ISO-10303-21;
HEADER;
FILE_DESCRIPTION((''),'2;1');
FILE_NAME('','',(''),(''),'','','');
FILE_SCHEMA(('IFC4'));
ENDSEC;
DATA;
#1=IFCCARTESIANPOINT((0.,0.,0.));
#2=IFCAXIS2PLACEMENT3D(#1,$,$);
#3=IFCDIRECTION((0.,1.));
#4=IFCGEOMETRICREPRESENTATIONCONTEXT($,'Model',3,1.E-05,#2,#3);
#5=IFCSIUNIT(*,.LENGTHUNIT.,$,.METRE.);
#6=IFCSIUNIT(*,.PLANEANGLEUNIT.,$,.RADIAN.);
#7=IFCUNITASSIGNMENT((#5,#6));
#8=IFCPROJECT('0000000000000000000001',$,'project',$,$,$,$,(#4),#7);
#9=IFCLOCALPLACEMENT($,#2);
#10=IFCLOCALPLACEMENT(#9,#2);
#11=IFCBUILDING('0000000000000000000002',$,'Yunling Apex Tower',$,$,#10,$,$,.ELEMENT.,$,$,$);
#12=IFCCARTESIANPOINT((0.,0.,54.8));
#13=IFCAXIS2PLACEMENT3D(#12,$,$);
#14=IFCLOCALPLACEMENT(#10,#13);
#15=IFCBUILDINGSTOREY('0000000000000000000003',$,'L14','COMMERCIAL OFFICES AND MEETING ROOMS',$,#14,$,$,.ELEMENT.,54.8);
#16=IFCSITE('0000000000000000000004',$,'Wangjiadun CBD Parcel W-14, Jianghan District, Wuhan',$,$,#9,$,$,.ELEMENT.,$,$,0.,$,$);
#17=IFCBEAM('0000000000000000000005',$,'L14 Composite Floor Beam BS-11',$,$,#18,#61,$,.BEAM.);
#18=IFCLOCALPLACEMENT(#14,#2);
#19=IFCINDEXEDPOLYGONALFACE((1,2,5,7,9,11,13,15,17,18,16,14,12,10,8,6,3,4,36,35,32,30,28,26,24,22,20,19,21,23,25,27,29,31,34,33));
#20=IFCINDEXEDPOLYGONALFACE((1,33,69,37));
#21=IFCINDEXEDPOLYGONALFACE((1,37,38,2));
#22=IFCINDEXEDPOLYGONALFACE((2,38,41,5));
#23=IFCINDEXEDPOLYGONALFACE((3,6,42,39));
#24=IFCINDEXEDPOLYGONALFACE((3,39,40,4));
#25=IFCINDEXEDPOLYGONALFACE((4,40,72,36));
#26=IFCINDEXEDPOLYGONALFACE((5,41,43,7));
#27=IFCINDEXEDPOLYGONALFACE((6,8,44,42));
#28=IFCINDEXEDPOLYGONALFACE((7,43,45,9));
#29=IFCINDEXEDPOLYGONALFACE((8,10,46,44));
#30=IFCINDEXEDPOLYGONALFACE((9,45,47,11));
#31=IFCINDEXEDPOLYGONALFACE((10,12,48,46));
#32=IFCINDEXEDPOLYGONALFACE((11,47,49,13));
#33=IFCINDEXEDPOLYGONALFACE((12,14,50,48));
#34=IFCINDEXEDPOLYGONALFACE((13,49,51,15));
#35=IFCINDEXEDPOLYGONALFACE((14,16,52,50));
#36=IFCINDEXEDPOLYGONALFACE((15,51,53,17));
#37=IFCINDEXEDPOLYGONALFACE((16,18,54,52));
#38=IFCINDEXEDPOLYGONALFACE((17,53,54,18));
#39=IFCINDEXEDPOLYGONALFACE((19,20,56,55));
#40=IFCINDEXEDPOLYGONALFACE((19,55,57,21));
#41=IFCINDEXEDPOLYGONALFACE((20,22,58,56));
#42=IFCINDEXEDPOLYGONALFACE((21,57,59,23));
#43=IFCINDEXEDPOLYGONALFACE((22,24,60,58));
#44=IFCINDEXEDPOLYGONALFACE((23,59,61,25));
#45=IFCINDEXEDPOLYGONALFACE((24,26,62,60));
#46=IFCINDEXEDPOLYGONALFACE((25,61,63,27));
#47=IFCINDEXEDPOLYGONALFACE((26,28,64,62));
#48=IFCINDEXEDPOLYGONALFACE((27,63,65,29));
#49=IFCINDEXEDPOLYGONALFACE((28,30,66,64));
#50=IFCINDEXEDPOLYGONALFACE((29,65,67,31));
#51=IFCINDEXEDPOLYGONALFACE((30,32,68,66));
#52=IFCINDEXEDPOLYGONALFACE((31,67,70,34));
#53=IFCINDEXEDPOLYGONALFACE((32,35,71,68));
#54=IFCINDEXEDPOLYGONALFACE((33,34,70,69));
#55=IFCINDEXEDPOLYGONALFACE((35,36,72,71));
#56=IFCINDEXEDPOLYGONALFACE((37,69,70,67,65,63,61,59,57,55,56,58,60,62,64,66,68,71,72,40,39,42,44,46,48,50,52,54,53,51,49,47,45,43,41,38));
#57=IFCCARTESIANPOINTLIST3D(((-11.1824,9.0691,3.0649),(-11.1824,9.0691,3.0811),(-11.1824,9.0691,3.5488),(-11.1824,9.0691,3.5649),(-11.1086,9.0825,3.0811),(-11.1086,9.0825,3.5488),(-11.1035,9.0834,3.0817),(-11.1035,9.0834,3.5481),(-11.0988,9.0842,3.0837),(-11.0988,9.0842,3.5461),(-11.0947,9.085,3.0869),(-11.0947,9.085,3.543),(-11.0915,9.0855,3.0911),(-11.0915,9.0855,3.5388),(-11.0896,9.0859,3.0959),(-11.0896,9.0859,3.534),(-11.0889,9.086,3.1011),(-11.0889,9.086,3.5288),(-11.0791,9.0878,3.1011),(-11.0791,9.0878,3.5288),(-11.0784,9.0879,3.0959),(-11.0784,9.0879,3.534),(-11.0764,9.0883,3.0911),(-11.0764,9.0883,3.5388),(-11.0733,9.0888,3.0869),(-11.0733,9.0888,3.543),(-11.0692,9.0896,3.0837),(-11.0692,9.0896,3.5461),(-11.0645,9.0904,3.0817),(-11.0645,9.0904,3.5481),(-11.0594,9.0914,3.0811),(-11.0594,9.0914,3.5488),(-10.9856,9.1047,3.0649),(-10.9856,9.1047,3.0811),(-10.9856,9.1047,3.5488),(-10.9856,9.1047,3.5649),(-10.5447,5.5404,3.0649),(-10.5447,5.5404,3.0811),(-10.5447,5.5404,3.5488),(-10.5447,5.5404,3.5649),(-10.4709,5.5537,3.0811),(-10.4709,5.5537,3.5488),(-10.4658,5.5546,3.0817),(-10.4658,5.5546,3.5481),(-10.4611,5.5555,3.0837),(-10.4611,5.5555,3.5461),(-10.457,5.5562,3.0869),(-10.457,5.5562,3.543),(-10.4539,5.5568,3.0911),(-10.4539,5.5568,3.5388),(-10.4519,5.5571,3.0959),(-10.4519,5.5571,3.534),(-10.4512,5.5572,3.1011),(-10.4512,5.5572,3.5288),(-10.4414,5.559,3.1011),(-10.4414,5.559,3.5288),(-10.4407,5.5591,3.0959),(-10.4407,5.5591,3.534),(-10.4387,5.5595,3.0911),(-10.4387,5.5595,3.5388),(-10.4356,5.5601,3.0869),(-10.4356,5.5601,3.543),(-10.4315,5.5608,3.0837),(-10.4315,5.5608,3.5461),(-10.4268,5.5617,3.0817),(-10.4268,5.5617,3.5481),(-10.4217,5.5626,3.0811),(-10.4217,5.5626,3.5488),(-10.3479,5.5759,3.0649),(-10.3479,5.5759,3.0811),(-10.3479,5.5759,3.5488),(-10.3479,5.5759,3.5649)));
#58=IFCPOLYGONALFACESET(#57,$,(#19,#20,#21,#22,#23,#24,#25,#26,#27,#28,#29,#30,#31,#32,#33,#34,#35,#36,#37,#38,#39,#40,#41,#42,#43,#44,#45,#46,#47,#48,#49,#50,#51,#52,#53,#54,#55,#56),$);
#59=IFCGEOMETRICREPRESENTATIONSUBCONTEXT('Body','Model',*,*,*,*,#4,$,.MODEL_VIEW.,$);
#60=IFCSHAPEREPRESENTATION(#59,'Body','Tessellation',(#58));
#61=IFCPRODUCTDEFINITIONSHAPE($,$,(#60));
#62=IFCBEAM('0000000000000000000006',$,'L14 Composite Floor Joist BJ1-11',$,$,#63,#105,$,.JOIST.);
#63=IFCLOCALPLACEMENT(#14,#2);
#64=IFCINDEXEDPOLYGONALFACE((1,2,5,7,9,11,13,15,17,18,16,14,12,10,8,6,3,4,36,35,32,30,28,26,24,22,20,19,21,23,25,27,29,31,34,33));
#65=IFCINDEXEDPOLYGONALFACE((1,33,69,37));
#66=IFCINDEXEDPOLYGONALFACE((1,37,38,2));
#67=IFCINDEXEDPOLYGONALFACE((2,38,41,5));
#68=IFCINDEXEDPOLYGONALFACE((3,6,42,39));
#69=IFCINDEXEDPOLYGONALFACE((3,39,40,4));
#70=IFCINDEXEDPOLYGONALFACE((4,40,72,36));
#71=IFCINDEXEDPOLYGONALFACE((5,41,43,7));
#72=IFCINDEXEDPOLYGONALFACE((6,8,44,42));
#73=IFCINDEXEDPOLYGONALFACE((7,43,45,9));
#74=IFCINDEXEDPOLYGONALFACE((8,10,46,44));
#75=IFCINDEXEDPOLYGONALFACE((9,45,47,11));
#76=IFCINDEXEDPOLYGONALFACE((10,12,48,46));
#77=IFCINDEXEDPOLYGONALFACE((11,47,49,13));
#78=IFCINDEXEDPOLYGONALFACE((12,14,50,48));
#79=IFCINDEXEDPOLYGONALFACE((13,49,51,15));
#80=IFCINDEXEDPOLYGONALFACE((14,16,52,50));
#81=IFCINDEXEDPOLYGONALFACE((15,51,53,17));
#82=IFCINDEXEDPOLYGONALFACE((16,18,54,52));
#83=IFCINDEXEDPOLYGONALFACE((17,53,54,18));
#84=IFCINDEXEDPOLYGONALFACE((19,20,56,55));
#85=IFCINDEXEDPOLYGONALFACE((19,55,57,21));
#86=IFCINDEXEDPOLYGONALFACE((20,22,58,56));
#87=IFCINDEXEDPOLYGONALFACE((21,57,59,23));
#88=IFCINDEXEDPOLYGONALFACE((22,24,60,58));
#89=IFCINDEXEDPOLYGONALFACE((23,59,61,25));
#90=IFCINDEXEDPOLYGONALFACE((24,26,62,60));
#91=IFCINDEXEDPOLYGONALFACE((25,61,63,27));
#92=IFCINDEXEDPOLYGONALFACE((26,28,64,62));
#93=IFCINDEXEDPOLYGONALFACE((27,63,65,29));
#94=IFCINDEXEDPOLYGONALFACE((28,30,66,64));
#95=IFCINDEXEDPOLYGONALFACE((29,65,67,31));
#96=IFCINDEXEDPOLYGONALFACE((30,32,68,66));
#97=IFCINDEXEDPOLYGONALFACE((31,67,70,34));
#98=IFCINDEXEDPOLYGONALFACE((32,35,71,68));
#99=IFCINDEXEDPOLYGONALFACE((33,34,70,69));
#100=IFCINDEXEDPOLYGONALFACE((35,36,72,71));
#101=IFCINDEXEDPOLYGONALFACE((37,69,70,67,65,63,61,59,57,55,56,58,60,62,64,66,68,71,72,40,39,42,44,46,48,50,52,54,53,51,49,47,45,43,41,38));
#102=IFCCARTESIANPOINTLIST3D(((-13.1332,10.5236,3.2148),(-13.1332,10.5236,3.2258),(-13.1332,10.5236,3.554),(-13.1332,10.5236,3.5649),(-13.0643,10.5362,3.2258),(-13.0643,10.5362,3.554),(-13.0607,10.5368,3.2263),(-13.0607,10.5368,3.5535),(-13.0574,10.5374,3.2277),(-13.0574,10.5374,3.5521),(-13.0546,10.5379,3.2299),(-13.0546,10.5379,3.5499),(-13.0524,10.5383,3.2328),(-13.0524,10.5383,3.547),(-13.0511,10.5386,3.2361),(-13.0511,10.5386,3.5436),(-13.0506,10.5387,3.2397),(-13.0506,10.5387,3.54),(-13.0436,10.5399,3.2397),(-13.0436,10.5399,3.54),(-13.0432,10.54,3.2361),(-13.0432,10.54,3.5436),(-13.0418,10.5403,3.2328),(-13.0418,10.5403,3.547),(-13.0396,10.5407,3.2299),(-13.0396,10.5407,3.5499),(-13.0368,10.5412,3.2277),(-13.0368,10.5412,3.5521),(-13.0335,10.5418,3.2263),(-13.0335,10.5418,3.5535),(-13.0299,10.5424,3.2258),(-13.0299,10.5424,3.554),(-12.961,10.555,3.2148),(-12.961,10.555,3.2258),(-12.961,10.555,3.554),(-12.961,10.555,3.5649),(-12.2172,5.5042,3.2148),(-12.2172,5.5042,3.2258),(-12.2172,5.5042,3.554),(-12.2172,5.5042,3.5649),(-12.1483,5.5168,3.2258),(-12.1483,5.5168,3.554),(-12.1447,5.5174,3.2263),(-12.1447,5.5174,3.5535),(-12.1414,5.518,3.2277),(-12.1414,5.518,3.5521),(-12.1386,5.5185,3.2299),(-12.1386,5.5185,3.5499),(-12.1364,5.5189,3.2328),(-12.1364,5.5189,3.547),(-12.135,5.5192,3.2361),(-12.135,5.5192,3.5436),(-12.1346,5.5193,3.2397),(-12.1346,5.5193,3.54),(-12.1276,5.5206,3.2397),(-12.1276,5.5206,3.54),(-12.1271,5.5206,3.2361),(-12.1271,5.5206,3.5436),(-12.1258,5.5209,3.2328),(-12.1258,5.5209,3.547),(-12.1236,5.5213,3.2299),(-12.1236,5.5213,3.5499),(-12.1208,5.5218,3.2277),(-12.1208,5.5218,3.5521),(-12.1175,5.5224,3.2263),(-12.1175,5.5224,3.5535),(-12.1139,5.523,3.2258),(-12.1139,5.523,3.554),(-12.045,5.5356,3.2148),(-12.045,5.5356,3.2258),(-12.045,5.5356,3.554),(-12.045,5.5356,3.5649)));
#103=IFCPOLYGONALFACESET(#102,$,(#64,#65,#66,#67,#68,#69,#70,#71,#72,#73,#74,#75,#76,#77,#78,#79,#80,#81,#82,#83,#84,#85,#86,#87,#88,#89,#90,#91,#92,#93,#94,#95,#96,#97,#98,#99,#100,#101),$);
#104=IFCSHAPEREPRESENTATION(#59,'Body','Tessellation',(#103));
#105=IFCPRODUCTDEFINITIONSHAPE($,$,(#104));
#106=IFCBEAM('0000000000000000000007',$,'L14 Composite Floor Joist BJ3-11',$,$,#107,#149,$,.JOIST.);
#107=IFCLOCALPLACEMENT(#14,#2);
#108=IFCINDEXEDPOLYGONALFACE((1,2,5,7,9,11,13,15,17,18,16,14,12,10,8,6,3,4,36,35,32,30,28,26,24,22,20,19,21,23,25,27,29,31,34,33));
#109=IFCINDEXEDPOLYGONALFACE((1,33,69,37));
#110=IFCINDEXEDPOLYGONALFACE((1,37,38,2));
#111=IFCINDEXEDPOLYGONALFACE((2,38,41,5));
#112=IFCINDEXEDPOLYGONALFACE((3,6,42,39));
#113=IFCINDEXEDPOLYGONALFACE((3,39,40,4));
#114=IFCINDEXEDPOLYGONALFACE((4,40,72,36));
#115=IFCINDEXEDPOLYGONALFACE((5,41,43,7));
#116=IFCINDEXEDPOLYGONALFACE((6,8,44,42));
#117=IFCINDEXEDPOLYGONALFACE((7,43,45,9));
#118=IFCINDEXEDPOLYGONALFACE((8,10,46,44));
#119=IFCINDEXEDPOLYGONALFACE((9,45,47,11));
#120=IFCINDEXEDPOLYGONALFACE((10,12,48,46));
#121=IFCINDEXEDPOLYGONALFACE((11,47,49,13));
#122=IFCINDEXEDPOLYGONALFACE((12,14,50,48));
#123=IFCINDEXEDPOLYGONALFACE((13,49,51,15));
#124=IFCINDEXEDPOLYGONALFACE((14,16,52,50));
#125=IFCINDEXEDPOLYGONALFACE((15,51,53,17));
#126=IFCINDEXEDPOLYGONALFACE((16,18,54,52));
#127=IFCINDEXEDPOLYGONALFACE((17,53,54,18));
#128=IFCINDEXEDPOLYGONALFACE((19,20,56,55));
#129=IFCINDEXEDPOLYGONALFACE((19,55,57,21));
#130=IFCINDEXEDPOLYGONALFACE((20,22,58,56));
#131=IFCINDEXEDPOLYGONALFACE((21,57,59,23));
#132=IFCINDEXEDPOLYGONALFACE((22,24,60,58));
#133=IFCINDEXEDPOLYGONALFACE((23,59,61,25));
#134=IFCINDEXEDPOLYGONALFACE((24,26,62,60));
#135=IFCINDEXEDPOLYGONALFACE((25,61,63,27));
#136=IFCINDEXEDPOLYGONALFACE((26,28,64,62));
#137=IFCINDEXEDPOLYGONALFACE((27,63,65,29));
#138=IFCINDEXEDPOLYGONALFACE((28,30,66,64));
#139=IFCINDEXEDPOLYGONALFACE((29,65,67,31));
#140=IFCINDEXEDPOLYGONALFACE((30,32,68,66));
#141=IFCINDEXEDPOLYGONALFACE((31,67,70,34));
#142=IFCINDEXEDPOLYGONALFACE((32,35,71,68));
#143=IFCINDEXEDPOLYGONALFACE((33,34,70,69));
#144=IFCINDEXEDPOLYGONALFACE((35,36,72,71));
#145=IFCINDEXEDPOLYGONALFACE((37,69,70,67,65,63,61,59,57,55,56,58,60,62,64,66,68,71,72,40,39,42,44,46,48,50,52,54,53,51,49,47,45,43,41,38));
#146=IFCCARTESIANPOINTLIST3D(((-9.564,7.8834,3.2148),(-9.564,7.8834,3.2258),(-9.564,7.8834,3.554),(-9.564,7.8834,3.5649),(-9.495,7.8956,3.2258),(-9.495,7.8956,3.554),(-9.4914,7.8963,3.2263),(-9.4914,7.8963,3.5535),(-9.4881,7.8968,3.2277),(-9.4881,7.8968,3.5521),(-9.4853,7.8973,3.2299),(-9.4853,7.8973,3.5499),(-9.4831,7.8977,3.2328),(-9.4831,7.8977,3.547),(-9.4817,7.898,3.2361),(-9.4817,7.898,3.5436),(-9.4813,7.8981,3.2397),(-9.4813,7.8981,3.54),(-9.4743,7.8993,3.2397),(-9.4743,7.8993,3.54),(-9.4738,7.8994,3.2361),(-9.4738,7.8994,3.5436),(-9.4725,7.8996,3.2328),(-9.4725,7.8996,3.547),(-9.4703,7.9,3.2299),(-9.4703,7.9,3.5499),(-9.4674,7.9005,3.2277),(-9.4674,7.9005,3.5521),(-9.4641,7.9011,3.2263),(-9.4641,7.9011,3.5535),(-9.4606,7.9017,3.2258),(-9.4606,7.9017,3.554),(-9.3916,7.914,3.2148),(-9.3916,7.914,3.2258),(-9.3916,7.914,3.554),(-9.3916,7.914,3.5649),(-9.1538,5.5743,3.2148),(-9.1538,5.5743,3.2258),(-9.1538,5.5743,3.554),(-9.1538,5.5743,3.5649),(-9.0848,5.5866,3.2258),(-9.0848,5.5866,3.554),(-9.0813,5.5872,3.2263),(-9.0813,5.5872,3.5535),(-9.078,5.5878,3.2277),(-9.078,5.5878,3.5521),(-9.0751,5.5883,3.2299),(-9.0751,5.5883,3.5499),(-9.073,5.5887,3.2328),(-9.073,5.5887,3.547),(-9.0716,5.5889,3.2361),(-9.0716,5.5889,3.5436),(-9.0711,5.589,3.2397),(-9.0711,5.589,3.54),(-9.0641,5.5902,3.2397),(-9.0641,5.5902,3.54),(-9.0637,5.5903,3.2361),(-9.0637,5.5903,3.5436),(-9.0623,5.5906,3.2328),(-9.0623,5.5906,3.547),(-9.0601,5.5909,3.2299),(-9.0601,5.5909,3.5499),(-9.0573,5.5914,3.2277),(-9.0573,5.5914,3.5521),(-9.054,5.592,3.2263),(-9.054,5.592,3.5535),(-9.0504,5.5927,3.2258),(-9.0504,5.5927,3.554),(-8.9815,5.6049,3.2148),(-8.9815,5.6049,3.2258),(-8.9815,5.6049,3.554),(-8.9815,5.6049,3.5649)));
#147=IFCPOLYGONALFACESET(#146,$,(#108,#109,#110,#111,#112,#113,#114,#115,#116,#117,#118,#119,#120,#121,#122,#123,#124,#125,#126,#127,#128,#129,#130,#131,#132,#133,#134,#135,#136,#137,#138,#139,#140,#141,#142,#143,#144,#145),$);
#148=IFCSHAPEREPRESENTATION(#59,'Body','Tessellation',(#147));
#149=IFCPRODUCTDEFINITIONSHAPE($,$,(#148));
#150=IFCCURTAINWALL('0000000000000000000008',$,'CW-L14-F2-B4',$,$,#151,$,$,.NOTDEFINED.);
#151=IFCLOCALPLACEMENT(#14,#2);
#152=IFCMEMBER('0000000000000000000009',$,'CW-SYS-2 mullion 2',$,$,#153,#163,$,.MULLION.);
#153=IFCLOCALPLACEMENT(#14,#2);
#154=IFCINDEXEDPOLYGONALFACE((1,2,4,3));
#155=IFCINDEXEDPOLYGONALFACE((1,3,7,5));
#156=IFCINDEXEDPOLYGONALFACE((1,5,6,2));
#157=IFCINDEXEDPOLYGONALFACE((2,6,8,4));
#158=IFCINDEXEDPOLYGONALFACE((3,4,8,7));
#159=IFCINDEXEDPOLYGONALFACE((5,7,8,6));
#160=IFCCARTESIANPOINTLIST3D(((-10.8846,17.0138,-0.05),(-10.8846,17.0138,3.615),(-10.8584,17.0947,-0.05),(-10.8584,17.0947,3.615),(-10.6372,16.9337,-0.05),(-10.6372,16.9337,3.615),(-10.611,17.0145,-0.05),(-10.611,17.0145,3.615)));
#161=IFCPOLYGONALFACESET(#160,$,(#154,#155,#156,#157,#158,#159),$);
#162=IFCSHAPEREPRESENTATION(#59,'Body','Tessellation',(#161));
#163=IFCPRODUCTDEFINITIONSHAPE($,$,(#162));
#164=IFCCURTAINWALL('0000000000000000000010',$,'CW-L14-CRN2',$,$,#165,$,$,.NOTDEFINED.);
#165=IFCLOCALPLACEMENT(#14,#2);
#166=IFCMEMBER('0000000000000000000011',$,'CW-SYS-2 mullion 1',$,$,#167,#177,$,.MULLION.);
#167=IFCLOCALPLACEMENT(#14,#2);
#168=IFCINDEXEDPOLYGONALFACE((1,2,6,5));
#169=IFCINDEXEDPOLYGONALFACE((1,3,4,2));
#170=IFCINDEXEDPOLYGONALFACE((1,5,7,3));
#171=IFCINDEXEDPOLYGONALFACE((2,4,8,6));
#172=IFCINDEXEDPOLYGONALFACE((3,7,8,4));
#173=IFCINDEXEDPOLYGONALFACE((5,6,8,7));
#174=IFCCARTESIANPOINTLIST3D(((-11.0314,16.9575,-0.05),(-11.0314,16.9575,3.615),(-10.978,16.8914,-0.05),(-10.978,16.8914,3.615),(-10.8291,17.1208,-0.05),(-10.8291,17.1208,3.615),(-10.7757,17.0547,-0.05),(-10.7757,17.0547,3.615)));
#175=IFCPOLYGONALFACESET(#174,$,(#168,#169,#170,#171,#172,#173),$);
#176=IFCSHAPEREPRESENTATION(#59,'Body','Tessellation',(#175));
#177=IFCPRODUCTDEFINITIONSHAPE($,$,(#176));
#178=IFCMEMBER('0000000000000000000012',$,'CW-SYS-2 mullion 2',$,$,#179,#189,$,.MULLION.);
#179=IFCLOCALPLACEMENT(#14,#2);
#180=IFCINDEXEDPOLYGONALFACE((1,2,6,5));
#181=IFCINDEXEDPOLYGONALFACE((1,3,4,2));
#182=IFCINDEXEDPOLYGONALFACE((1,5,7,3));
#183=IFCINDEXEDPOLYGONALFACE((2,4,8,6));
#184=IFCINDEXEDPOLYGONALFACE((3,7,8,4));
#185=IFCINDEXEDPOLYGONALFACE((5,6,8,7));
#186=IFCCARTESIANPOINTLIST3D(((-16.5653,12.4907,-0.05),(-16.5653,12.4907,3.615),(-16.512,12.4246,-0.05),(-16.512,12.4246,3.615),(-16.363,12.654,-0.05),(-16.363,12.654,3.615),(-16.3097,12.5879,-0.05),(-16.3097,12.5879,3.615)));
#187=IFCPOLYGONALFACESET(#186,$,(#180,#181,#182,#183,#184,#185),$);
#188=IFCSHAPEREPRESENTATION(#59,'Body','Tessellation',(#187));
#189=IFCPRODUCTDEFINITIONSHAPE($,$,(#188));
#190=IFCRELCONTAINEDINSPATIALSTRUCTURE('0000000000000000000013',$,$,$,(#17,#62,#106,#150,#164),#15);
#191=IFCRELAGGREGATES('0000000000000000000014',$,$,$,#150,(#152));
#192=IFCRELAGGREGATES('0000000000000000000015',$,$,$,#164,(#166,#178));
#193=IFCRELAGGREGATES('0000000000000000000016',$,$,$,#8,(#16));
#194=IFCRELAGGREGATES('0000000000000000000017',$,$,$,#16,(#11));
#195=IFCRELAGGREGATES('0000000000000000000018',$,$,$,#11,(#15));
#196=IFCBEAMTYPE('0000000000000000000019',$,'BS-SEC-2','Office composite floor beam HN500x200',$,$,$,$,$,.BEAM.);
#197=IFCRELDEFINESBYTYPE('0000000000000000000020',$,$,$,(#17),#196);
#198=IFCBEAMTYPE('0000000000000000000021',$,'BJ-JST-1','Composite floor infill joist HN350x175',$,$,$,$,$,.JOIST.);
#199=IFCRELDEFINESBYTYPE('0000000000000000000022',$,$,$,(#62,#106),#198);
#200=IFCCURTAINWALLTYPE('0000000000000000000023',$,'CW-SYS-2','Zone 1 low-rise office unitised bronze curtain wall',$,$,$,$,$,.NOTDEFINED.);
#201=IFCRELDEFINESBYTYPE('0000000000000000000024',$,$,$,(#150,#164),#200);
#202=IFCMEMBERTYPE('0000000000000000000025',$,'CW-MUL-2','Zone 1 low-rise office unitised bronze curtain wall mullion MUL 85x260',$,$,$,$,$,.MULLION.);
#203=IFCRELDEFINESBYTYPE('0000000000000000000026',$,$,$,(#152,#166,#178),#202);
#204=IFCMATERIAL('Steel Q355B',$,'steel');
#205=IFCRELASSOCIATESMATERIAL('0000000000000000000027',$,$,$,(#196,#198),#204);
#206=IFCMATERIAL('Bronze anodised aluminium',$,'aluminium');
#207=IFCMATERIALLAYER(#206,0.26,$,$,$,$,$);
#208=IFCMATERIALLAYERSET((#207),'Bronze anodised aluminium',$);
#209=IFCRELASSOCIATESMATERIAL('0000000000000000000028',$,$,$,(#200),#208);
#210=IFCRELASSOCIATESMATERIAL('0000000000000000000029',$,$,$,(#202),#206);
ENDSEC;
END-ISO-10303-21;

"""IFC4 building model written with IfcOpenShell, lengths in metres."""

from ifc_helpers import new_model, si_unit, direction, frame, origin, origin_2d, place, context, subcontext, project, spatial, rectangle, i_section, extrude, source, transform, mapped, material, layer, layer_set, material_profile, profile_set, type_object, element, aggregate, save


model = new_model("IFC4")

# Units and contexts
model_context = context("Model", 3, precision=1e-05, world=origin(), true_north=direction((0.0, 1.0)))
body_context = subcontext(model_context, "Body", "Model", "MODEL_VIEW")
ifc_project = project(units=[si_unit("LENGTHUNIT", "METRE"), si_unit("PLANEANGLEUNIT", "RADIAN")], contexts=[model_context])

# Site, building, storey
site_placement = place(None, origin())
site = spatial("IfcSite", under=ifc_project, at=site_placement, Name="Wangjiadun CBD Parcel W-14, Jianghan District, Wuhan", CompositionType="ELEMENT", RefElevation=0.0)
building_placement = place(site_placement, origin())
building = spatial("IfcBuilding", under=site, at=building_placement, Name="Yunling Apex Tower", CompositionType="ELEMENT")
storey_placement = place(building_placement, frame((0.0, 0.0, 54.8)))
storey = spatial("IfcBuildingStorey", under=building, at=storey_placement, Name="L14", Description="COMMERCIAL OFFICES AND MEETING ROOMS", CompositionType="ELEMENT", Elevation=54.8)

# Beams
ifc_material_1 = material(Name="Steel Q355B", Category="steel")
ifc_material_profile_1 = material_profile(ifc_material_1, i_section(OverallWidth=0.2, OverallDepth=0.5, WebThickness=0.01, FlangeThickness=0.0161, FilletRadius=0.02, at=origin_2d()))
ifc_profile_set_1 = profile_set([ifc_material_profile_1], Name="Steel Q355B")
beam_type_1 = type_object("IfcBeamType", Name="BS-SEC-2", Description="Office composite floor beam HN500x200", PredefinedType="BEAM", material=ifc_profile_set_1)
ifc_material_profile_2 = material_profile(ifc_material_1, i_section(OverallWidth=0.175, OverallDepth=0.3501, WebThickness=0.0071, FlangeThickness=0.011, FilletRadius=0.0139, at=origin_2d()))
ifc_profile_set_2 = profile_set([ifc_material_profile_2], Name="Steel Q355B")
beam_type_2 = type_object("IfcBeamType", Name="BJ-JST-1", Description="Composite floor infill joist HN350x175", PredefinedType="JOIST", material=ifc_profile_set_2)
shared_shape_1 = source(origin(), body_context, "Body", "SweptSolid", [
    extrude(i_section(OverallWidth=0.2, OverallDepth=0.5, WebThickness=0.01, FlangeThickness=0.0161, FilletRadius=0.02, at=origin_2d()), origin(), (0.0, 0.0, 1.0), 3.5859),
])
beam_1_placement = place(storey_placement, frame((-11.084, 9.0869, 3.3149), z_axis=(0.177831, -0.984061, 0.0), x_axis=(0.984061, 0.177831, 0.0)))
element("IfcBeam", 1, at=beam_1_placement, inside=storey, type_object=beam_type_1, Name="L14 Composite Floor Beam BS-11", PredefinedType="BEAM", context=body_context, shape_type="MappedRepresentation", body=[
    mapped(shared_shape_1, transform((0.0, 0.0, 0.0), scale=1.0)),
])
shared_shape_2 = source(origin(), body_context, "Body", "SweptSolid", [
    extrude(i_section(OverallWidth=0.175, OverallDepth=0.3501, WebThickness=0.0071, FlangeThickness=0.011, FilletRadius=0.0139, at=origin_2d()), origin(), (0.0, 0.0, 1.0), 5.1023),
])
beam_2_placement = place(storey_placement, frame((-13.0471, 10.5393, 3.3899), z_axis=(0.179534, -0.983752, 0.0), x_axis=(0.983752, 0.179534, 0.0)))
element("IfcBeam", 2, at=beam_2_placement, inside=storey, type_object=beam_type_2, Name="L14 Composite Floor Joist BJ1-11", PredefinedType="JOIST", context=body_context, shape_type="MappedRepresentation", body=[
    mapped(shared_shape_2, transform((0.0, 0.0, 0.0), scale=1.0)),
])
shared_shape_3 = source(origin(), body_context, "Body", "SweptSolid", [
    extrude(i_section(OverallWidth=0.175, OverallDepth=0.3501, WebThickness=0.0071, FlangeThickness=0.011, FilletRadius=0.0139, at=origin_2d()), origin(), (0.0, 0.0, 1.0), 2.3452),
])
beam_3_placement = place(storey_placement, frame((-9.4778, 7.8987, 3.3899), z_axis=(0.17489, -0.984588, 0.0), x_axis=(0.984588, 0.17489, 0.0)))
element("IfcBeam", 3, at=beam_3_placement, inside=storey, type_object=beam_type_2, Name="L14 Composite Floor Joist BJ3-11", PredefinedType="JOIST", context=body_context, shape_type="MappedRepresentation", body=[
    mapped(shared_shape_3, transform((0.0, 0.0, 0.0), scale=1.0)),
])

# Curtain wall, member
ifc_material_2 = material(Name="Bronze anodised aluminium", Category="aluminium")
ifc_layer_1 = layer(ifc_material_2, 0.26)
ifc_layer_set_1 = layer_set([ifc_layer_1], Name="Bronze anodised aluminium")
curtain_wall_type = type_object("IfcCurtainWallType", Name="CW-SYS-2", Description="Zone 1 low-rise office unitised bronze curtain wall", PredefinedType="NOTDEFINED", material=ifc_layer_set_1)
curtain_wall_1_placement = place(storey_placement, origin())
curtain_wall_1 = element("IfcCurtainWall", 4, at=curtain_wall_1_placement, inside=storey, type_object=curtain_wall_type, Name="CW-L14-F2-B4", PredefinedType="NOTDEFINED")
ifc_material_profile_3 = material_profile(ifc_material_2, rectangle(XDim=0.085, YDim=0.26, at=origin_2d()))
ifc_profile_set_3 = profile_set([ifc_material_profile_3], Name="Bronze anodised aluminium")
member_type_1 = type_object("IfcMemberType", Name="CW-MUL-2", Description="Zone 1 low-rise office unitised bronze curtain wall mullion MUL 85x260", PredefinedType="MULLION", material=ifc_profile_set_3)
shared_shape_4 = source(origin(), body_context, "Body", "SweptSolid", [
    extrude(rectangle(XDim=0.085, YDim=0.26, at=origin_2d()), origin(), (0.0, 0.0, 1.0), 3.665),
])
member_1_placement = place(storey_placement, frame((-10.7478, 17.0142, -0.05), z_axis=(0.0, 0.0, 1.0), x_axis=(-0.308357, -0.951271, 0.0)))
member_1 = element("IfcMember", 5, at=member_1_placement, type_object=member_type_1, Name="CW-SYS-2 mullion 2", PredefinedType="MULLION", context=body_context, shape_type="MappedRepresentation", body=[
    mapped(shared_shape_4, transform((0.0, 0.0, 0.0), scale=1.0)),
])

# Curtain wall, members
curtain_wall_2_placement = place(storey_placement, origin())
curtain_wall_2 = element("IfcCurtainWall", 6, at=curtain_wall_2_placement, inside=storey, type_object=curtain_wall_type, Name="CW-L14-CRN2", PredefinedType="NOTDEFINED")
member_2_placement = place(storey_placement, frame((-10.9036, 17.0061, -0.05), z_axis=(0.0, 0.0, 1.0), x_axis=(0.62808, -0.778149, 0.0)))
member_2 = element("IfcMember", 7, at=member_2_placement, type_object=member_type_1, Name="CW-SYS-2 mullion 1", PredefinedType="MULLION", context=body_context, shape_type="MappedRepresentation", body=[
    mapped(shared_shape_4, transform((0.0, 0.0, 0.0), scale=1.0)),
])
member_3_placement = place(storey_placement, frame((-16.4375, 12.5393, -0.05), z_axis=(0.0, 0.0, 1.0), x_axis=(0.62808, -0.778149, 0.0)))
member_3 = element("IfcMember", 8, at=member_3_placement, type_object=member_type_1, Name="CW-SYS-2 mullion 2", PredefinedType="MULLION", context=body_context, shape_type="MappedRepresentation", body=[
    mapped(shared_shape_4, transform((0.0, 0.0, 0.0), scale=1.0)),
])

aggregate(curtain_wall_1, [member_1])
aggregate(curtain_wall_2, [member_2, member_3])

save(model, "model.ifc")
